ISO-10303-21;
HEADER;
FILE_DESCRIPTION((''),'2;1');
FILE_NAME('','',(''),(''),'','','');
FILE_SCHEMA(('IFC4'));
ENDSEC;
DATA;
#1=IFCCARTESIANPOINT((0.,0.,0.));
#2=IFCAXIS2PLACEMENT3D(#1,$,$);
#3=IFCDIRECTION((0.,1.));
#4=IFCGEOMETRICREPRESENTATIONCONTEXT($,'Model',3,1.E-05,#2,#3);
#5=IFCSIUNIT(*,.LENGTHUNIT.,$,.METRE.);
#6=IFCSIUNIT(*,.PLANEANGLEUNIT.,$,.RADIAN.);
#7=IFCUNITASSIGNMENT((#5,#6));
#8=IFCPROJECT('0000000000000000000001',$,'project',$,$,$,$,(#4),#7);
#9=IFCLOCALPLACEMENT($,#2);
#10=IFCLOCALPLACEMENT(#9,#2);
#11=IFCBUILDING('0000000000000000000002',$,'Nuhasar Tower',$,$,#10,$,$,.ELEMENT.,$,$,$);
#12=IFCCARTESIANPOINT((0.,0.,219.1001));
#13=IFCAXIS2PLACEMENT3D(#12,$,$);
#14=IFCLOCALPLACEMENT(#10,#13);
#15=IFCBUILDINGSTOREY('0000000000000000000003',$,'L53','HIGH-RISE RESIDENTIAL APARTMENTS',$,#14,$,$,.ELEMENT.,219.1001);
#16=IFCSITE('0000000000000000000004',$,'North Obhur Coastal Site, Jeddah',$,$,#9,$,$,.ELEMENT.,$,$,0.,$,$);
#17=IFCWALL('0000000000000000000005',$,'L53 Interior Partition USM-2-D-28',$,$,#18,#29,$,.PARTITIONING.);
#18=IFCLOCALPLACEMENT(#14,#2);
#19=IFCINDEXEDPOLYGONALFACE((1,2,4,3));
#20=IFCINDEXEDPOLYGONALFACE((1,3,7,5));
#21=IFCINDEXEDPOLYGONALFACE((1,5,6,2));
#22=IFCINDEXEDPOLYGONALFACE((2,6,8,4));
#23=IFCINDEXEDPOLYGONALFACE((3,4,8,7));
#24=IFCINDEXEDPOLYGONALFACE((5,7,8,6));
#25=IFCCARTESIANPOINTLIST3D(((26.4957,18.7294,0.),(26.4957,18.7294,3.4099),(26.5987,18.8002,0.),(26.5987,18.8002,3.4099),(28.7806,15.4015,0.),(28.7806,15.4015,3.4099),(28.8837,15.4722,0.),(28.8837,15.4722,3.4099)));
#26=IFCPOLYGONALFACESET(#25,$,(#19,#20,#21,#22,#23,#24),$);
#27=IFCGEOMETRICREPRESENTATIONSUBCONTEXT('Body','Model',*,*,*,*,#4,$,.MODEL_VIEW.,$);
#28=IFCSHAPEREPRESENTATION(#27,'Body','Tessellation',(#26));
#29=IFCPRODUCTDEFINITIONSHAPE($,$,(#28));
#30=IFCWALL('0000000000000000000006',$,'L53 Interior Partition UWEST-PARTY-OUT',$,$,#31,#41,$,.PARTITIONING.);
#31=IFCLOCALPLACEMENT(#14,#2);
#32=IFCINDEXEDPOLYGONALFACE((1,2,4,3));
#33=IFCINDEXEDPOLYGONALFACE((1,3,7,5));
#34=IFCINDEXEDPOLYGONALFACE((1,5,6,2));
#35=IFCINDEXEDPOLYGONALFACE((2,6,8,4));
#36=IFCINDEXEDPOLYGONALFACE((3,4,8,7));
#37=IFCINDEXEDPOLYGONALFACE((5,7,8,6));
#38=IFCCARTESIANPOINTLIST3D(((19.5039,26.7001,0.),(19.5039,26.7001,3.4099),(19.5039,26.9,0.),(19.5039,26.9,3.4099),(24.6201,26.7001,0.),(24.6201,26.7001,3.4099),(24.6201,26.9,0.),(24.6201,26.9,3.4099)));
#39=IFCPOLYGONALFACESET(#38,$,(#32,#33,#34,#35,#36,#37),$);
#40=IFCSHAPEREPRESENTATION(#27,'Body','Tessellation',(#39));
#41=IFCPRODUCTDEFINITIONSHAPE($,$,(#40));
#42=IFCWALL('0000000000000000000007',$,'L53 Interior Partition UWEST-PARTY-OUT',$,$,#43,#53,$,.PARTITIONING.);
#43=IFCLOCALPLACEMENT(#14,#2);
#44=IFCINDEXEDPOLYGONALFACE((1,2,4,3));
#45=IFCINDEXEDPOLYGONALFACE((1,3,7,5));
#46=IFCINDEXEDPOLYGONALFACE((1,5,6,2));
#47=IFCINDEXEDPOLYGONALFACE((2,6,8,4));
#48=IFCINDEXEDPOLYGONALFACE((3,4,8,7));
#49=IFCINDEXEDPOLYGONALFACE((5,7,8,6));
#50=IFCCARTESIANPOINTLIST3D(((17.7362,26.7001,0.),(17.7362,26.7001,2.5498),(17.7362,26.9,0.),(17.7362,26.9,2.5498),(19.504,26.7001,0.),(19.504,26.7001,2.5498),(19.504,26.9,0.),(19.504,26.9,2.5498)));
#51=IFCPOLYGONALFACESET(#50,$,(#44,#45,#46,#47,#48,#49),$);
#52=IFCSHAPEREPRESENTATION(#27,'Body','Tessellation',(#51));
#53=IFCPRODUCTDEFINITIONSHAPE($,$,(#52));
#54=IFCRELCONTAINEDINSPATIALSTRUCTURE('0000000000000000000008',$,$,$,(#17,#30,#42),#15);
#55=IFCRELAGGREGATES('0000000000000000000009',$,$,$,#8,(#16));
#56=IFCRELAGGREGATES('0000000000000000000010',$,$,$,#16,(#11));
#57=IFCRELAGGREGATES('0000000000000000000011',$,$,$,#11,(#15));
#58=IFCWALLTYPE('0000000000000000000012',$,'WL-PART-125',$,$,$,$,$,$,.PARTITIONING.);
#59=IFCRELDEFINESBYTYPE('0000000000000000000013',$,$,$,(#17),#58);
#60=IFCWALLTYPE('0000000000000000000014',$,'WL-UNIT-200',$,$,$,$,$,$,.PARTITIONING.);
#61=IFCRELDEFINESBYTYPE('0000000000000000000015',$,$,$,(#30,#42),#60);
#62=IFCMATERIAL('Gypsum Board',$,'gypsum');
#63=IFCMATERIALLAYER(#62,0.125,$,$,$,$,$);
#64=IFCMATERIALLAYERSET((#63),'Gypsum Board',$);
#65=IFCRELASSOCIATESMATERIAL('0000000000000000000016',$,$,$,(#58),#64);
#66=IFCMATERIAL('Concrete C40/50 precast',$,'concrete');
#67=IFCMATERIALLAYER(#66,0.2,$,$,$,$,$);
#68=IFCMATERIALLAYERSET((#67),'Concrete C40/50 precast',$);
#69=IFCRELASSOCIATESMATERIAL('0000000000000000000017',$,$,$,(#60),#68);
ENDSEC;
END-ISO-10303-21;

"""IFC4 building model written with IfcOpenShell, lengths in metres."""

from ifc_helpers import new_model, si_unit, direction, frame, frame_2d, origin, place, context, subcontext, project, spatial, rectangle, extrude, material, layer, layer_set, type_object, element, save


model = new_model("IFC4")

# Units and contexts
model_context = context("Model", 3, precision=1e-05, world=origin(), true_north=direction((0.0, 1.0)))
body_context = subcontext(model_context, "Body", "Model", "MODEL_VIEW")
ifc_project = project(units=[si_unit("LENGTHUNIT", "METRE"), si_unit("PLANEANGLEUNIT", "RADIAN")], contexts=[model_context])

# Site, building, storey
site_placement = place(None, origin())
site = spatial("IfcSite", under=ifc_project, at=site_placement, Name="North Obhur Coastal Site, Jeddah", CompositionType="ELEMENT", RefElevation=0.0)
building_placement = place(site_placement, origin())
building = spatial("IfcBuilding", under=site, at=building_placement, Name="Nuhasar Tower", CompositionType="ELEMENT")
storey_placement = place(building_placement, frame((0.0, 0.0, 219.1001)))
storey = spatial("IfcBuildingStorey", under=building, at=storey_placement, Name="L53", Description="HIGH-RISE RESIDENTIAL APARTMENTS", CompositionType="ELEMENT", Elevation=219.1001)

# Shared definitions
ifc_material_1 = material(Name="Gypsum Board", Category="gypsum")

# Shared definitions
ifc_layer_1 = layer(ifc_material_1, 0.125)
ifc_layer_set_1 = layer_set([ifc_layer_1], Name="Gypsum Board")
wall_type_1 = type_object("IfcWallType", Name="WL-PART-125", PredefinedType="PARTITIONING", material=ifc_layer_set_1)

# Walls
wall_1_placement = place(storey_placement, frame((26.5471, 18.7649, 0.0), z_axis=(0.0, 0.0, 1.0), x_axis=(0.566023, -0.824389, 0.0)))
element("IfcWall", 1, at=wall_1_placement, inside=storey, type_object=wall_type_1, Name="L53 Interior Partition USM-2-D-28", PredefinedType="PARTITIONING", context=body_context, shape_type="SweptSolid", body=[
    extrude(rectangle(XDim=4.0369, YDim=0.125, at=frame_2d((2.0186, 0.0))), origin(), (0.0, 0.0, 1.0), 3.4099),
])
ifc_material_2 = material(Name="Concrete C40/50 precast", Category="concrete")
ifc_layer_2 = layer(ifc_material_2, 0.2)
ifc_layer_set_2 = layer_set([ifc_layer_2], Name="Concrete C40/50 precast")
wall_type_2 = type_object("IfcWallType", Name="WL-UNIT-200", PredefinedType="PARTITIONING", material=ifc_layer_set_2)
wall_2_placement = place(storey_placement, frame((24.6201, 26.8, 0.0), z_axis=(0.0, 0.0, 1.0), x_axis=(-1.0, 0.0, 0.0)))
element("IfcWall", 2, at=wall_2_placement, inside=storey, type_object=wall_type_2, Name="L53 Interior Partition UWEST-PARTY-OUT", PredefinedType="PARTITIONING", context=body_context, shape_type="SweptSolid", body=[
    extrude(rectangle(XDim=5.1162, YDim=0.2, at=frame_2d((2.5581, 0.0))), origin(), (0.0, 0.0, 1.0), 3.4099),
])
wall_3_placement = place(storey_placement, frame((19.5039, 26.8, 0.0), z_axis=(0.0, 0.0, 1.0), x_axis=(-1.0, 0.0, 0.0)))
element("IfcWall", 3, at=wall_3_placement, inside=storey, type_object=wall_type_2, Name="L53 Interior Partition UWEST-PARTY-OUT", PredefinedType="PARTITIONING", context=body_context, shape_type="SweptSolid", body=[
    extrude(rectangle(XDim=1.7678, YDim=0.2, at=frame_2d((0.8838, 0.0))), origin(), (0.0, 0.0, 1.0), 2.5498),
])

save(model, "model.ifc")
